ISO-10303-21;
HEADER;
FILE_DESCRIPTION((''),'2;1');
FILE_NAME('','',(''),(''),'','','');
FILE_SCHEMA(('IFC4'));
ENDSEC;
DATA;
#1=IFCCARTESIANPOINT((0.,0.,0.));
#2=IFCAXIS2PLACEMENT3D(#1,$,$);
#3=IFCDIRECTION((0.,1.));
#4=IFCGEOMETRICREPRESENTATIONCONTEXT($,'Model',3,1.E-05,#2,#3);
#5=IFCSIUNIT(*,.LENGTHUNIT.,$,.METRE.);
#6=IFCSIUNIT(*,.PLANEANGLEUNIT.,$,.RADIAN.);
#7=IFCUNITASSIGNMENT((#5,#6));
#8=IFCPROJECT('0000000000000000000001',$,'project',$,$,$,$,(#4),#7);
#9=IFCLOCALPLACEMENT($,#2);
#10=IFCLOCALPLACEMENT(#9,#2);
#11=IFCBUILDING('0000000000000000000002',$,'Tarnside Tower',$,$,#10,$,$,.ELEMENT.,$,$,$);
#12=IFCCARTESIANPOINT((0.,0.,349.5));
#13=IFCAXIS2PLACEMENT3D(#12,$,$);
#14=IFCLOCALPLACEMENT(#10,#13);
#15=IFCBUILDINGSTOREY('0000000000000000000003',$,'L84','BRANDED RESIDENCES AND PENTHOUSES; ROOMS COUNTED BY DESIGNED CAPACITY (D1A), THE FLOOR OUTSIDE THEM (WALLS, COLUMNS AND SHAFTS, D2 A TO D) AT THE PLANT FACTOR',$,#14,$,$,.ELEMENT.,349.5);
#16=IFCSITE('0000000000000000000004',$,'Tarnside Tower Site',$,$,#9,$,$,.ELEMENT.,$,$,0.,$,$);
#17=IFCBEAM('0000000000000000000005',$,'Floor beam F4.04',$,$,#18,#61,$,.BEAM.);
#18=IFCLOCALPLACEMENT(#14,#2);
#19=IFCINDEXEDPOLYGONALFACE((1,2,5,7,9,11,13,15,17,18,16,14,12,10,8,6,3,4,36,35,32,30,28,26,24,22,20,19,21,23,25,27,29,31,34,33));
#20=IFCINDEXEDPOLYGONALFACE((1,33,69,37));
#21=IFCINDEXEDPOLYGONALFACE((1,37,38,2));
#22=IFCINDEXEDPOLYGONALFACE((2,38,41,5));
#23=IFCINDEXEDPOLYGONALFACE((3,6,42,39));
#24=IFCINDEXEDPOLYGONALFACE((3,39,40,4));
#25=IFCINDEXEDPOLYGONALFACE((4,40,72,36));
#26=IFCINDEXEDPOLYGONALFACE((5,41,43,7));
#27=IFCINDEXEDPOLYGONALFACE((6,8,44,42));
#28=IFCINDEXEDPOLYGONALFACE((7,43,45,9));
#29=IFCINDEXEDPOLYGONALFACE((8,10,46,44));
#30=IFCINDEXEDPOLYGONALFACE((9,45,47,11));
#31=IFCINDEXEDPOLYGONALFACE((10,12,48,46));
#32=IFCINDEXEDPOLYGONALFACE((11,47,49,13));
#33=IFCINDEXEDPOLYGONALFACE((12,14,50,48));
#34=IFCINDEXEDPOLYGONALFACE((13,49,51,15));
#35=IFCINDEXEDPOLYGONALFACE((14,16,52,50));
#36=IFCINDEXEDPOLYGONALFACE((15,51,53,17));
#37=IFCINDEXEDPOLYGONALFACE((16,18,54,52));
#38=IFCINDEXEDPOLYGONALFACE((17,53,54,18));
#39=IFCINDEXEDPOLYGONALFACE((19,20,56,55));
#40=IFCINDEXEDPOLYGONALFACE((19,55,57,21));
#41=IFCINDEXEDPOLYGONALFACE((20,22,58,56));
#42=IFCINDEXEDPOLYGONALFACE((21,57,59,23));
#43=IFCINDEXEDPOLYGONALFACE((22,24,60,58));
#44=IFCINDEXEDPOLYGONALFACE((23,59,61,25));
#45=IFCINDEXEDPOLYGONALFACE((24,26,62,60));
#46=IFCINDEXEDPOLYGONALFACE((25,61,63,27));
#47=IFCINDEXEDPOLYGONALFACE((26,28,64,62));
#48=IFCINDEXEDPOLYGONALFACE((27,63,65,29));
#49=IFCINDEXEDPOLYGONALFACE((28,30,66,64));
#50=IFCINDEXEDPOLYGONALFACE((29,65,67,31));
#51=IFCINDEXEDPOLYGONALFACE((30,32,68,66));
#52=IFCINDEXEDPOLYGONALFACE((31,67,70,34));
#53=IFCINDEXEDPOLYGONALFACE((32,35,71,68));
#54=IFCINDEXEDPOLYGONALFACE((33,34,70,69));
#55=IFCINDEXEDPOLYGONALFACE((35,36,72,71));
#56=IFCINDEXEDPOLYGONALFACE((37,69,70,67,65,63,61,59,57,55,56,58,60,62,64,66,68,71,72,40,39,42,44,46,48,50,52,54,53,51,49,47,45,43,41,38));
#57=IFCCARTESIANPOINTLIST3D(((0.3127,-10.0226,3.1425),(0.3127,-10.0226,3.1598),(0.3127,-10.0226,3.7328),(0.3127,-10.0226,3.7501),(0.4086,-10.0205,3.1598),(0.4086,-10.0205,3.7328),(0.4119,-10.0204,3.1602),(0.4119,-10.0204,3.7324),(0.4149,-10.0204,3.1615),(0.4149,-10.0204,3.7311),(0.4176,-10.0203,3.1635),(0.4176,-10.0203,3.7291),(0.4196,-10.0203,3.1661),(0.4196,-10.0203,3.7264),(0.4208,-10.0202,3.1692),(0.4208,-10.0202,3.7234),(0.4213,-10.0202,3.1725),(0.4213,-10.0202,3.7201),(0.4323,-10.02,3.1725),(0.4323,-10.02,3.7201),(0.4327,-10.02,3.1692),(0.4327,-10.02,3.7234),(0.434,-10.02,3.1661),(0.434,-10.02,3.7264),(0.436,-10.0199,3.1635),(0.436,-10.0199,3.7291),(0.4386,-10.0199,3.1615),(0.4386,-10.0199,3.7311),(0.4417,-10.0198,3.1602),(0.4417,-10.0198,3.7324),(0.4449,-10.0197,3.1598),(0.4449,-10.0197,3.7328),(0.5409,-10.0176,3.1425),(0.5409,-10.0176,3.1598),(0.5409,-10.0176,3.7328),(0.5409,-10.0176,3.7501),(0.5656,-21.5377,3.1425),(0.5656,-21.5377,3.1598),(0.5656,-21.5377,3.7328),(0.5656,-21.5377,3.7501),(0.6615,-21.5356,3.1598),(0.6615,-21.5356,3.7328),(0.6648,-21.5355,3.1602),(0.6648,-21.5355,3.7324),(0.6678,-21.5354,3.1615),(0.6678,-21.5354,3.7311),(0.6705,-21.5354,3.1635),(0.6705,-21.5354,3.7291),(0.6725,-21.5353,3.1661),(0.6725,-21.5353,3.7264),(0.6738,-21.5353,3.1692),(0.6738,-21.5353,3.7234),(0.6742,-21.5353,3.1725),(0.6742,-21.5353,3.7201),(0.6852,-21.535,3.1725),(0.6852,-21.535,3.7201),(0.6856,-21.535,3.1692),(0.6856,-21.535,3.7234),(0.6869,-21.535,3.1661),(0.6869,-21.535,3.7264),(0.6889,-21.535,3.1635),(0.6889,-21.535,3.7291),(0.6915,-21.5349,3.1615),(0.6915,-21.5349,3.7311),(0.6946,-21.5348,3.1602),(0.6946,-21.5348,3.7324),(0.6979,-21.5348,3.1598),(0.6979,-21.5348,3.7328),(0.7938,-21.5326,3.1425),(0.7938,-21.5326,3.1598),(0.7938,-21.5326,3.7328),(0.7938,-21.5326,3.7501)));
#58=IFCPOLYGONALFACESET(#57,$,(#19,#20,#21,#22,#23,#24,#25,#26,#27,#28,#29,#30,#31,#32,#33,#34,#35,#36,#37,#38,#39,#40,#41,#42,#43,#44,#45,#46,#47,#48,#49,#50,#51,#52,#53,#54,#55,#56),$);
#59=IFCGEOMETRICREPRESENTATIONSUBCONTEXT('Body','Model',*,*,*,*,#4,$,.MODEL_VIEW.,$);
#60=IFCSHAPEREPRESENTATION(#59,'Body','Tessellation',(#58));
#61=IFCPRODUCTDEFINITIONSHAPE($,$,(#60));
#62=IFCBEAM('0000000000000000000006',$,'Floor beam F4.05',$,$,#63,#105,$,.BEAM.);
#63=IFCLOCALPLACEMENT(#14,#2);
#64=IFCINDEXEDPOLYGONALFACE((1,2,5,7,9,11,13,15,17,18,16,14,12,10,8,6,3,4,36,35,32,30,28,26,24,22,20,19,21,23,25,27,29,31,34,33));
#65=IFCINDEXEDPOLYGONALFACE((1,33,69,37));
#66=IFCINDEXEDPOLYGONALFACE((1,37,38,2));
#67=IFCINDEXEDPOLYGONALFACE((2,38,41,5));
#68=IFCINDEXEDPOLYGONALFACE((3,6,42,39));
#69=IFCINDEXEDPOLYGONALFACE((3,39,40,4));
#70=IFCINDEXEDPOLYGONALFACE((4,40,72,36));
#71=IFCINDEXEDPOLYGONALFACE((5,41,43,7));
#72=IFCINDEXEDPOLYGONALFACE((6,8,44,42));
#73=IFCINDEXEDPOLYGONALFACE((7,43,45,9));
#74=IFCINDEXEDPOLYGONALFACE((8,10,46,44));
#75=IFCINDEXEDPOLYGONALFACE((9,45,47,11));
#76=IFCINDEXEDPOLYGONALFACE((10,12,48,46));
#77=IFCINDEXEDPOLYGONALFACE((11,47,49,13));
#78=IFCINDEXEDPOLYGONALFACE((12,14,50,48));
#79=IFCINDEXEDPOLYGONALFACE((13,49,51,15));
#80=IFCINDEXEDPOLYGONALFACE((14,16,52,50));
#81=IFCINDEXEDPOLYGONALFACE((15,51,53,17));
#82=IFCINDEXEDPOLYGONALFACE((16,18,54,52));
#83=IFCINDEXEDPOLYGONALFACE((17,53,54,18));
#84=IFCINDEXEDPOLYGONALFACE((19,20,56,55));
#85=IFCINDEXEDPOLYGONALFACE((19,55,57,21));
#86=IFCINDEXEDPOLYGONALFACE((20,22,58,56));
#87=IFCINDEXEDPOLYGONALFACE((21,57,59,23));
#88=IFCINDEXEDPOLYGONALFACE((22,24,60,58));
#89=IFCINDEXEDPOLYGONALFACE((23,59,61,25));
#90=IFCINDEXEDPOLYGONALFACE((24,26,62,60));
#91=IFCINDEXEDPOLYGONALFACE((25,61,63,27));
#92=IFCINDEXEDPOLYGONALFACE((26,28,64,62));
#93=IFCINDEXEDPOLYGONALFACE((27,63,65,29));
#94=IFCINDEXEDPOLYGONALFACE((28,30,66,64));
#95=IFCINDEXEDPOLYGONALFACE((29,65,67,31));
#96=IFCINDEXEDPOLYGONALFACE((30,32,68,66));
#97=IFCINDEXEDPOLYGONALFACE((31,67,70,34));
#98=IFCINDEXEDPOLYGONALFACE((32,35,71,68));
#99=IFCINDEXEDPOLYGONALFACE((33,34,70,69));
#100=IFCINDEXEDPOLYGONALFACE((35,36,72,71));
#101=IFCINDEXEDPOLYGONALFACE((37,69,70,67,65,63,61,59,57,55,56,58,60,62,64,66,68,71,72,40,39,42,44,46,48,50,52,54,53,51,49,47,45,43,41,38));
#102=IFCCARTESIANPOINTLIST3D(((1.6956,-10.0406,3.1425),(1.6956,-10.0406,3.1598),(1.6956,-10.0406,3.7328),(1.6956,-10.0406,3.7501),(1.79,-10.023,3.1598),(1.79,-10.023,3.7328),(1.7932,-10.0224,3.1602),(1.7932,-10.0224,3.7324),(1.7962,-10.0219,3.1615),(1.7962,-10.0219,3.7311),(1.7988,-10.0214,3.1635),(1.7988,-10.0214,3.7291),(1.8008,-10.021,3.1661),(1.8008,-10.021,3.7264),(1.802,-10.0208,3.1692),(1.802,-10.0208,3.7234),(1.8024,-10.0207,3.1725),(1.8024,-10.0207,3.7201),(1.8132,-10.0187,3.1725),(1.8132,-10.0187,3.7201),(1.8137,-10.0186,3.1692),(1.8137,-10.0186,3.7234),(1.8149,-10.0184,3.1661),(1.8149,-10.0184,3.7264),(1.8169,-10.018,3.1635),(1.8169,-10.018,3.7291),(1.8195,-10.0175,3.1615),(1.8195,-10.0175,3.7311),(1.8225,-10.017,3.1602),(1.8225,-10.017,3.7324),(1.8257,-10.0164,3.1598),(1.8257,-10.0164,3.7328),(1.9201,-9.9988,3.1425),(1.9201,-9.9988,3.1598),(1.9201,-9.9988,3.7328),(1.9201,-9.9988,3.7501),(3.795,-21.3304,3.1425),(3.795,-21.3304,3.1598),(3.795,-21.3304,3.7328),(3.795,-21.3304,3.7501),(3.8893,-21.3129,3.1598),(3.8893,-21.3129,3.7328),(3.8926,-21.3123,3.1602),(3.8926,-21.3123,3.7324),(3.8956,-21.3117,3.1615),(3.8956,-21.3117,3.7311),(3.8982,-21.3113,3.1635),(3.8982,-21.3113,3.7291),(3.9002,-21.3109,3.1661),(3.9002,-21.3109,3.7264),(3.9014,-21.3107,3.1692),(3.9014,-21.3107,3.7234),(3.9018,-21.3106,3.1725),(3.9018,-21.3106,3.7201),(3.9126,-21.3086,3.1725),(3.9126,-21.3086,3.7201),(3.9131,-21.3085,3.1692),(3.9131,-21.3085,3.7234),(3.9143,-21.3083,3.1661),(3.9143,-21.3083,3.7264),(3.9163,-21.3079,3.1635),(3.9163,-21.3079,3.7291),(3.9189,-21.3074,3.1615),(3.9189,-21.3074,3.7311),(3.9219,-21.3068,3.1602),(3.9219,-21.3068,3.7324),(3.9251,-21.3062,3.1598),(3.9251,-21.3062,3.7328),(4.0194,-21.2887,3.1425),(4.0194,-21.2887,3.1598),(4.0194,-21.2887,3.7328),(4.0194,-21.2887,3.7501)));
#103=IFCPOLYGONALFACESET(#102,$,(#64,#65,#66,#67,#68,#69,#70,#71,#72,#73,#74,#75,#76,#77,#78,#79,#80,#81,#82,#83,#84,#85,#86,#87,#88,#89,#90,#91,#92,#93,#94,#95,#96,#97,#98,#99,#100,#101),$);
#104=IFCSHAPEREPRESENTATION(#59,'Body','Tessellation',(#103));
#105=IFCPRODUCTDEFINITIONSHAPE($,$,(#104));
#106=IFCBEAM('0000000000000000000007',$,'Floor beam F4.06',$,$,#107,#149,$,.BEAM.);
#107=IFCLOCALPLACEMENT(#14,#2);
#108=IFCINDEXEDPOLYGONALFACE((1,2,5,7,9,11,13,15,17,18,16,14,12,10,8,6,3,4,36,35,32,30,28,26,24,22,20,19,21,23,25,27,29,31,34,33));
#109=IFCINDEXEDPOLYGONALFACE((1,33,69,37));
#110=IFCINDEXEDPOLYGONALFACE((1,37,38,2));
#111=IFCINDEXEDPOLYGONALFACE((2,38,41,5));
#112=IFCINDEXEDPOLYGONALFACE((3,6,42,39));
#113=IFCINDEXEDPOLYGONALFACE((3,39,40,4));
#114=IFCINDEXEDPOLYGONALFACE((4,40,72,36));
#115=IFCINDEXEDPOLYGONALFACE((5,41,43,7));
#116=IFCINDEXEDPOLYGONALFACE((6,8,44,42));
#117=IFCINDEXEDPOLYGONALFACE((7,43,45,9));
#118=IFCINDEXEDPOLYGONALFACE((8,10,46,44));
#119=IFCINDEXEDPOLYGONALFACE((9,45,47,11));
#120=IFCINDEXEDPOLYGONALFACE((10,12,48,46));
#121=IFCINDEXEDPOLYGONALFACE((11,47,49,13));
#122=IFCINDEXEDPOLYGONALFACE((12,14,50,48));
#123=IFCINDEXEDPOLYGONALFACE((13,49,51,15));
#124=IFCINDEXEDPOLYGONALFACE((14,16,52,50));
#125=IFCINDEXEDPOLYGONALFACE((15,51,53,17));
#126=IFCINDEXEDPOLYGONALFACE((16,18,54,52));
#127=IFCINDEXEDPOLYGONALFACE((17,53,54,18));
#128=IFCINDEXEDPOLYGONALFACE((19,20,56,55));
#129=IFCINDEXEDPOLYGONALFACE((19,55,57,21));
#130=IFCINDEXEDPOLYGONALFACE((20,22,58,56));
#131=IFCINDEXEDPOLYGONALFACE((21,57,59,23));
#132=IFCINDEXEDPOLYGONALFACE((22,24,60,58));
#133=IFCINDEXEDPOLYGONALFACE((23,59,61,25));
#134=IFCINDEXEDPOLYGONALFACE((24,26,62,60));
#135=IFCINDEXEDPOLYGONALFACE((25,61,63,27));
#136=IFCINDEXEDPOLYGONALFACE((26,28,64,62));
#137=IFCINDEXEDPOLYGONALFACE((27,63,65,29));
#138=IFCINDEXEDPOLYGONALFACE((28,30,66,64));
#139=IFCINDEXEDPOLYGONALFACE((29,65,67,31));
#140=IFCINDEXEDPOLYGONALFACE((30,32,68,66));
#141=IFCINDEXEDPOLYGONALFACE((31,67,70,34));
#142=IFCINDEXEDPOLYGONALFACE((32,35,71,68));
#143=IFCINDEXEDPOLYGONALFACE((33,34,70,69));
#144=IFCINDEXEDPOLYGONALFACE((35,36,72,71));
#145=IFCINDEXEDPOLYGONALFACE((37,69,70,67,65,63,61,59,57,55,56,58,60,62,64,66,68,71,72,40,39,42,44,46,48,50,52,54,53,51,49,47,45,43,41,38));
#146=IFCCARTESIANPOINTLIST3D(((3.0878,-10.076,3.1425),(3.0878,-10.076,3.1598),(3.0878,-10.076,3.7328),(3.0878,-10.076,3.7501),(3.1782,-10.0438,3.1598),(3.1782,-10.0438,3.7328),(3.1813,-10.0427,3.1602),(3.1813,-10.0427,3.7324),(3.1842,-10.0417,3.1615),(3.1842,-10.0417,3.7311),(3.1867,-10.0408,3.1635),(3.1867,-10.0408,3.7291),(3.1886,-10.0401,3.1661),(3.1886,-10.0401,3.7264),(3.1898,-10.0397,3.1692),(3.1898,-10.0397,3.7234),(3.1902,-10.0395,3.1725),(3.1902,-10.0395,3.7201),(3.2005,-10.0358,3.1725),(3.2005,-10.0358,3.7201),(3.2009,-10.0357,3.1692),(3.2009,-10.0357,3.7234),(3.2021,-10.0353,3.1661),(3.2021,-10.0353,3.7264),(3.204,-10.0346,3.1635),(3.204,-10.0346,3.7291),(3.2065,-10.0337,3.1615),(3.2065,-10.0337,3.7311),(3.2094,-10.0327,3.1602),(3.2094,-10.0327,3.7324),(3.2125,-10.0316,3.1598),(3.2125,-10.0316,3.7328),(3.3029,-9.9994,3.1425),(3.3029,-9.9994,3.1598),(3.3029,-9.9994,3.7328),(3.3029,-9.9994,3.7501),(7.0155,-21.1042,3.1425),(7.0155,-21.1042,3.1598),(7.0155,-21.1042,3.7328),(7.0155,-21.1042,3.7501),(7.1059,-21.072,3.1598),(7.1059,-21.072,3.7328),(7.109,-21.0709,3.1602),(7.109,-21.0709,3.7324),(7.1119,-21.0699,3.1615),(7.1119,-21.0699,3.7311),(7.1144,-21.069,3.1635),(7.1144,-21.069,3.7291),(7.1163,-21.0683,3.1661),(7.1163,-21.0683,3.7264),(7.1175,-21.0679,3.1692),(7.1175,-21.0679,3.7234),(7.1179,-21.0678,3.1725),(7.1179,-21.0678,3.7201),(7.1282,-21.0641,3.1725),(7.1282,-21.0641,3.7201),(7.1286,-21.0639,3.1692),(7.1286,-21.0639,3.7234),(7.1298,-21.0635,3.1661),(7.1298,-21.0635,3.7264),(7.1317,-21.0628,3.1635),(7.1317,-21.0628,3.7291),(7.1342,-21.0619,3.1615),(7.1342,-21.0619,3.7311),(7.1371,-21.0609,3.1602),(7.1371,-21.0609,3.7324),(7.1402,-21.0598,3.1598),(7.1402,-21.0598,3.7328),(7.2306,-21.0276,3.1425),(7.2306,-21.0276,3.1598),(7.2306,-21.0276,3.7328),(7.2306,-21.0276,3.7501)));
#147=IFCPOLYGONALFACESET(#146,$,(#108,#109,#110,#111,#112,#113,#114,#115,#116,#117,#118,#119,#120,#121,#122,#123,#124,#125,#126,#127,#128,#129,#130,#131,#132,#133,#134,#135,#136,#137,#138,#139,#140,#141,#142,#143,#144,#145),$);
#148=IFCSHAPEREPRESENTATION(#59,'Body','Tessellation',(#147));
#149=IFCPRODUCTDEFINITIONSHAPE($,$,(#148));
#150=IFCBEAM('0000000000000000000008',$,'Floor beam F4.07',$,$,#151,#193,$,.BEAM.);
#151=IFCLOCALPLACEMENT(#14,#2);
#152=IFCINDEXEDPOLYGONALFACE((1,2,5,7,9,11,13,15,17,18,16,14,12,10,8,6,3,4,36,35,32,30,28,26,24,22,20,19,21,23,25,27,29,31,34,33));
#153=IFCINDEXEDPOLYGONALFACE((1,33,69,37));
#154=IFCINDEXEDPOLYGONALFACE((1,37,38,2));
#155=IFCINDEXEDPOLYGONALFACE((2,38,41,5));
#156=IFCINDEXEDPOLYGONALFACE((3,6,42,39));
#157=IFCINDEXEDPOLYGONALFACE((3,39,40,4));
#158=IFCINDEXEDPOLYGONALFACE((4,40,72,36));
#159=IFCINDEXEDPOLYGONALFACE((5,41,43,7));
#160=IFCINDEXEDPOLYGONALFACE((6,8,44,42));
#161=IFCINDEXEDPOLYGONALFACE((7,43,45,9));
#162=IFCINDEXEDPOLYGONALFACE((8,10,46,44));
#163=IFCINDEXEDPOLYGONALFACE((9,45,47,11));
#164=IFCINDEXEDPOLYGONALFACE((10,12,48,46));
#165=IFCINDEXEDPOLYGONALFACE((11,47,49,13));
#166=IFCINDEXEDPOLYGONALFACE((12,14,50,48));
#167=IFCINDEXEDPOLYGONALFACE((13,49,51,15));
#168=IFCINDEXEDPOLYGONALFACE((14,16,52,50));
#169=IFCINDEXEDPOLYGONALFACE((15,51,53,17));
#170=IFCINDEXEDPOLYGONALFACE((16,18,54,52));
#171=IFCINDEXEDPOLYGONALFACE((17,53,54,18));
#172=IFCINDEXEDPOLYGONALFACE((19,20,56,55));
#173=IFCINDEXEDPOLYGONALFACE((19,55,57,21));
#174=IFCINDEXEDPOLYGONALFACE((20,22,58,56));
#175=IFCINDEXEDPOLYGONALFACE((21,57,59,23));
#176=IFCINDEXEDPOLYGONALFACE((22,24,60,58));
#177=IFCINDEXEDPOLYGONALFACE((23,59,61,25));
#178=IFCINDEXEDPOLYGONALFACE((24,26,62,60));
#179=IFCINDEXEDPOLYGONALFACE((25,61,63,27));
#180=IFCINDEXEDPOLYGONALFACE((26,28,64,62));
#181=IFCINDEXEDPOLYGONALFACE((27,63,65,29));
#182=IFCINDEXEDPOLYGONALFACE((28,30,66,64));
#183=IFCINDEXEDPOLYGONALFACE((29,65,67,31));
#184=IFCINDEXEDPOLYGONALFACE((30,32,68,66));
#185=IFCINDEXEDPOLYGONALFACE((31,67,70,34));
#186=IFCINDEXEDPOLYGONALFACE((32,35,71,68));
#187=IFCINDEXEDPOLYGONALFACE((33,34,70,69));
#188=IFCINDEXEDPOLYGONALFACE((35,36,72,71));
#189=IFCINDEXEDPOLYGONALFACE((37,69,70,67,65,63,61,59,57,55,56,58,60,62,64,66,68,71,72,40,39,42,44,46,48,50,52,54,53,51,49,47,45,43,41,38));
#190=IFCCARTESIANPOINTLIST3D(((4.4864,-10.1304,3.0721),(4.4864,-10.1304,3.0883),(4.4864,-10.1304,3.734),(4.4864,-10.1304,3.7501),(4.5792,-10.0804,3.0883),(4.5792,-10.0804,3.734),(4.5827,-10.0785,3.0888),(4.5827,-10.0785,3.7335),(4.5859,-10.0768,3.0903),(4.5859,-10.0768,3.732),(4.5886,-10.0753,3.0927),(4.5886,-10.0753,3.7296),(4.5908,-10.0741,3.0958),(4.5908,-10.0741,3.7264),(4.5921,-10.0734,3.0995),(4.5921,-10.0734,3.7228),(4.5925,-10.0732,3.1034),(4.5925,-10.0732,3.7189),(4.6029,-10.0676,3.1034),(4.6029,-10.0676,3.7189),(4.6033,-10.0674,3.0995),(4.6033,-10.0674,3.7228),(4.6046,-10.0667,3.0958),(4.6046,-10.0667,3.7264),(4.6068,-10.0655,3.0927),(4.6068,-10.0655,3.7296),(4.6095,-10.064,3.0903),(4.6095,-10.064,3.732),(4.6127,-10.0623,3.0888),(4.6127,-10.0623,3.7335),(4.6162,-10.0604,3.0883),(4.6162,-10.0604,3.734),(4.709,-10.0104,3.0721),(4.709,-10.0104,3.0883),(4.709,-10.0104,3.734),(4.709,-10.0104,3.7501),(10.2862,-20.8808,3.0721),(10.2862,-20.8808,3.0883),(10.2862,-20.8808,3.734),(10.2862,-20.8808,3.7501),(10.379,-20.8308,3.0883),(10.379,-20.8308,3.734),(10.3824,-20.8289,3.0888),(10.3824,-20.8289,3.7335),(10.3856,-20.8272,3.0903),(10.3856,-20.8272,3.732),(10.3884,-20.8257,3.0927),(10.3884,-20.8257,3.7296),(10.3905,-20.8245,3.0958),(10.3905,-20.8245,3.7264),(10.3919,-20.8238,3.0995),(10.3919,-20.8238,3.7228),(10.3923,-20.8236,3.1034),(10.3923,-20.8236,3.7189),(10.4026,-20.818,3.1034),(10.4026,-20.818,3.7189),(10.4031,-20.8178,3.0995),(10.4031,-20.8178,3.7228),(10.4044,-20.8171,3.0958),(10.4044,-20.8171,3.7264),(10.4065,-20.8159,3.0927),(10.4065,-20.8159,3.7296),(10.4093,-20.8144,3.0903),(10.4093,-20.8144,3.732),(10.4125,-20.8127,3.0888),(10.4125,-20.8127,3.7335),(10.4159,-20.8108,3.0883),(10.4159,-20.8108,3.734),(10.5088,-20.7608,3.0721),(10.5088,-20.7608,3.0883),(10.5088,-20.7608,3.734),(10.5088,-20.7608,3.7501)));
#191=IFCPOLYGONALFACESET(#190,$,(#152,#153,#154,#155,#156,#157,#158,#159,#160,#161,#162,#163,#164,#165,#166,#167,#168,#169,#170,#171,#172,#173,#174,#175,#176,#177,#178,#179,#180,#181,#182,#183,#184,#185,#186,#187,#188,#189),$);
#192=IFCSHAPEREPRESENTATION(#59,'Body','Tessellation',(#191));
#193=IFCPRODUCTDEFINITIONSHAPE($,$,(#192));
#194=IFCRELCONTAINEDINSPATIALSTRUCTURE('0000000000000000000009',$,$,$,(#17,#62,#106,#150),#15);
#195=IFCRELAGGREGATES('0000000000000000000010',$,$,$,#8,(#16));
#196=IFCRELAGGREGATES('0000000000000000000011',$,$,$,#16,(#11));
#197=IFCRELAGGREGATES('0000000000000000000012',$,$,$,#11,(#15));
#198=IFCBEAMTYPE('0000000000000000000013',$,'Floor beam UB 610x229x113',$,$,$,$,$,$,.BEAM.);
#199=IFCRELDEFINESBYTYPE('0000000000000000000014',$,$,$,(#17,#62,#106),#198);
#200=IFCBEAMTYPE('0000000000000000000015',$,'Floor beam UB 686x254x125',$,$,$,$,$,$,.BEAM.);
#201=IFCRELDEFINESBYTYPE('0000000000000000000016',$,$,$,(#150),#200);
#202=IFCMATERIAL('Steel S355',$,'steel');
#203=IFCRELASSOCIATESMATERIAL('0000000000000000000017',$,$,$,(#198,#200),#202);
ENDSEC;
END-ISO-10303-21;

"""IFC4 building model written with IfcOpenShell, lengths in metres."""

from ifc_helpers import new_model, si_unit, direction, frame, origin, origin_2d, place, context, subcontext, project, spatial, i_section, extrude, material, material_profile, profile_set, type_object, element, save


model = new_model("IFC4")

# Units and contexts
model_context = context("Model", 3, precision=1e-05, world=origin(), true_north=direction((0.0, 1.0)))
body_context = subcontext(model_context, "Body", "Model", "MODEL_VIEW")
ifc_project = project(units=[si_unit("LENGTHUNIT", "METRE"), si_unit("PLANEANGLEUNIT", "RADIAN")], contexts=[model_context])

# Site, building, storey
site_placement = place(None, origin())
site = spatial("IfcSite", under=ifc_project, at=site_placement, Name="Tarnside Tower Site", CompositionType="ELEMENT", RefElevation=0.0)
building_placement = place(site_placement, origin())
building = spatial("IfcBuilding", under=site, at=building_placement, Name="Tarnside Tower", CompositionType="ELEMENT")
storey_placement = place(building_placement, frame((0.0, 0.0, 349.5)))
storey = spatial("IfcBuildingStorey", under=building, at=storey_placement, Name="L84", Description="BRANDED RESIDENCES AND PENTHOUSES; ROOMS COUNTED BY DESIGNED CAPACITY (D1A), THE FLOOR OUTSIDE THEM (WALLS, COLUMNS AND SHAFTS, D2 A TO D) AT THE PLANT FACTOR", CompositionType="ELEMENT", Elevation=349.5)

# Beams
ifc_material_1 = material(Name="Steel S355", Category="steel")
ifc_material_profile_1 = material_profile(ifc_material_1, i_section(OverallWidth=0.2283, OverallDepth=0.6077, WebThickness=0.011, FlangeThickness=0.0173, FilletRadius=0.0127, at=origin_2d()), Name="UB 610x229x113")
ifc_profile_set_1 = profile_set([ifc_material_profile_1], Name="Steel S355")
beam_type_1 = type_object("IfcBeamType", Name="Floor beam UB 610x229x113", PredefinedType="BEAM", material=ifc_profile_set_1)
beam_1_placement = place(storey_placement, frame((0.6797, -21.5352, 3.4463), z_axis=(-0.02196, 0.999759, 0.0), x_axis=(-0.999759, -0.02196, 0.0)))
element("IfcBeam", 1, at=beam_1_placement, inside=storey, type_object=beam_type_1, Name="Floor beam F4.04", PredefinedType="BEAM", context=body_context, shape_type="SweptSolid", body=[
    extrude(i_section(OverallWidth=0.2283, OverallDepth=0.6077, WebThickness=0.011, FlangeThickness=0.0173, FilletRadius=0.0127, at=origin_2d()), origin(), (0.0, 0.0, 1.0), 11.5178),
])
beam_2_placement = place(storey_placement, frame((3.9072, -21.3096, 3.4463), z_axis=(-0.182819, 0.983147, 0.0), x_axis=(-0.983147, -0.182819, 0.0)))
element("IfcBeam", 2, at=beam_2_placement, inside=storey, type_object=beam_type_1, Name="Floor beam F4.05", PredefinedType="BEAM", context=body_context, shape_type="SweptSolid", body=[
    extrude(i_section(OverallWidth=0.2283, OverallDepth=0.6077, WebThickness=0.011, FlangeThickness=0.0173, FilletRadius=0.0127, at=origin_2d()), origin(), (0.0, 0.0, 1.0), 11.4834),
])
beam_3_placement = place(storey_placement, frame((7.123, -21.0659, 3.4463), z_axis=(-0.335507, 0.942038, 0.0), x_axis=(-0.942038, -0.335507, 0.0)))
element("IfcBeam", 3, at=beam_3_placement, inside=storey, type_object=beam_type_1, Name="Floor beam F4.06", PredefinedType="BEAM", context=body_context, shape_type="SweptSolid", body=[
    extrude(i_section(OverallWidth=0.2283, OverallDepth=0.6077, WebThickness=0.011, FlangeThickness=0.0173, FilletRadius=0.0127, at=origin_2d()), origin(), (0.0, 0.0, 1.0), 11.7068),
])
ifc_material_profile_2 = material_profile(ifc_material_1, i_section(OverallWidth=0.2529, OverallDepth=0.678, WebThickness=0.0117, FlangeThickness=0.0161, FilletRadius=0.0151, at=origin_2d()), Name="UB 686x254x125")
ifc_profile_set_2 = profile_set([ifc_material_profile_2], Name="Steel S355")
beam_type_2 = type_object("IfcBeamType", Name="Floor beam UB 686x254x125", PredefinedType="BEAM", material=ifc_profile_set_2)
beam_4_placement = place(storey_placement, frame((10.3975, -20.8208, 3.4111), z_axis=(-0.474803, 0.880092, 0.0), x_axis=(-0.880092, -0.474803, 0.0)))
element("IfcBeam", 4, at=beam_4_placement, inside=storey, type_object=beam_type_2, Name="Floor beam F4.07", PredefinedType="BEAM", context=body_context, shape_type="SweptSolid", body=[
    extrude(i_section(OverallWidth=0.2529, OverallDepth=0.678, WebThickness=0.0117, FlangeThickness=0.0161, FilletRadius=0.0151, at=origin_2d()), origin(), (0.0, 0.0, 1.0), 12.2151),
])

save(model, "model.ifc")
